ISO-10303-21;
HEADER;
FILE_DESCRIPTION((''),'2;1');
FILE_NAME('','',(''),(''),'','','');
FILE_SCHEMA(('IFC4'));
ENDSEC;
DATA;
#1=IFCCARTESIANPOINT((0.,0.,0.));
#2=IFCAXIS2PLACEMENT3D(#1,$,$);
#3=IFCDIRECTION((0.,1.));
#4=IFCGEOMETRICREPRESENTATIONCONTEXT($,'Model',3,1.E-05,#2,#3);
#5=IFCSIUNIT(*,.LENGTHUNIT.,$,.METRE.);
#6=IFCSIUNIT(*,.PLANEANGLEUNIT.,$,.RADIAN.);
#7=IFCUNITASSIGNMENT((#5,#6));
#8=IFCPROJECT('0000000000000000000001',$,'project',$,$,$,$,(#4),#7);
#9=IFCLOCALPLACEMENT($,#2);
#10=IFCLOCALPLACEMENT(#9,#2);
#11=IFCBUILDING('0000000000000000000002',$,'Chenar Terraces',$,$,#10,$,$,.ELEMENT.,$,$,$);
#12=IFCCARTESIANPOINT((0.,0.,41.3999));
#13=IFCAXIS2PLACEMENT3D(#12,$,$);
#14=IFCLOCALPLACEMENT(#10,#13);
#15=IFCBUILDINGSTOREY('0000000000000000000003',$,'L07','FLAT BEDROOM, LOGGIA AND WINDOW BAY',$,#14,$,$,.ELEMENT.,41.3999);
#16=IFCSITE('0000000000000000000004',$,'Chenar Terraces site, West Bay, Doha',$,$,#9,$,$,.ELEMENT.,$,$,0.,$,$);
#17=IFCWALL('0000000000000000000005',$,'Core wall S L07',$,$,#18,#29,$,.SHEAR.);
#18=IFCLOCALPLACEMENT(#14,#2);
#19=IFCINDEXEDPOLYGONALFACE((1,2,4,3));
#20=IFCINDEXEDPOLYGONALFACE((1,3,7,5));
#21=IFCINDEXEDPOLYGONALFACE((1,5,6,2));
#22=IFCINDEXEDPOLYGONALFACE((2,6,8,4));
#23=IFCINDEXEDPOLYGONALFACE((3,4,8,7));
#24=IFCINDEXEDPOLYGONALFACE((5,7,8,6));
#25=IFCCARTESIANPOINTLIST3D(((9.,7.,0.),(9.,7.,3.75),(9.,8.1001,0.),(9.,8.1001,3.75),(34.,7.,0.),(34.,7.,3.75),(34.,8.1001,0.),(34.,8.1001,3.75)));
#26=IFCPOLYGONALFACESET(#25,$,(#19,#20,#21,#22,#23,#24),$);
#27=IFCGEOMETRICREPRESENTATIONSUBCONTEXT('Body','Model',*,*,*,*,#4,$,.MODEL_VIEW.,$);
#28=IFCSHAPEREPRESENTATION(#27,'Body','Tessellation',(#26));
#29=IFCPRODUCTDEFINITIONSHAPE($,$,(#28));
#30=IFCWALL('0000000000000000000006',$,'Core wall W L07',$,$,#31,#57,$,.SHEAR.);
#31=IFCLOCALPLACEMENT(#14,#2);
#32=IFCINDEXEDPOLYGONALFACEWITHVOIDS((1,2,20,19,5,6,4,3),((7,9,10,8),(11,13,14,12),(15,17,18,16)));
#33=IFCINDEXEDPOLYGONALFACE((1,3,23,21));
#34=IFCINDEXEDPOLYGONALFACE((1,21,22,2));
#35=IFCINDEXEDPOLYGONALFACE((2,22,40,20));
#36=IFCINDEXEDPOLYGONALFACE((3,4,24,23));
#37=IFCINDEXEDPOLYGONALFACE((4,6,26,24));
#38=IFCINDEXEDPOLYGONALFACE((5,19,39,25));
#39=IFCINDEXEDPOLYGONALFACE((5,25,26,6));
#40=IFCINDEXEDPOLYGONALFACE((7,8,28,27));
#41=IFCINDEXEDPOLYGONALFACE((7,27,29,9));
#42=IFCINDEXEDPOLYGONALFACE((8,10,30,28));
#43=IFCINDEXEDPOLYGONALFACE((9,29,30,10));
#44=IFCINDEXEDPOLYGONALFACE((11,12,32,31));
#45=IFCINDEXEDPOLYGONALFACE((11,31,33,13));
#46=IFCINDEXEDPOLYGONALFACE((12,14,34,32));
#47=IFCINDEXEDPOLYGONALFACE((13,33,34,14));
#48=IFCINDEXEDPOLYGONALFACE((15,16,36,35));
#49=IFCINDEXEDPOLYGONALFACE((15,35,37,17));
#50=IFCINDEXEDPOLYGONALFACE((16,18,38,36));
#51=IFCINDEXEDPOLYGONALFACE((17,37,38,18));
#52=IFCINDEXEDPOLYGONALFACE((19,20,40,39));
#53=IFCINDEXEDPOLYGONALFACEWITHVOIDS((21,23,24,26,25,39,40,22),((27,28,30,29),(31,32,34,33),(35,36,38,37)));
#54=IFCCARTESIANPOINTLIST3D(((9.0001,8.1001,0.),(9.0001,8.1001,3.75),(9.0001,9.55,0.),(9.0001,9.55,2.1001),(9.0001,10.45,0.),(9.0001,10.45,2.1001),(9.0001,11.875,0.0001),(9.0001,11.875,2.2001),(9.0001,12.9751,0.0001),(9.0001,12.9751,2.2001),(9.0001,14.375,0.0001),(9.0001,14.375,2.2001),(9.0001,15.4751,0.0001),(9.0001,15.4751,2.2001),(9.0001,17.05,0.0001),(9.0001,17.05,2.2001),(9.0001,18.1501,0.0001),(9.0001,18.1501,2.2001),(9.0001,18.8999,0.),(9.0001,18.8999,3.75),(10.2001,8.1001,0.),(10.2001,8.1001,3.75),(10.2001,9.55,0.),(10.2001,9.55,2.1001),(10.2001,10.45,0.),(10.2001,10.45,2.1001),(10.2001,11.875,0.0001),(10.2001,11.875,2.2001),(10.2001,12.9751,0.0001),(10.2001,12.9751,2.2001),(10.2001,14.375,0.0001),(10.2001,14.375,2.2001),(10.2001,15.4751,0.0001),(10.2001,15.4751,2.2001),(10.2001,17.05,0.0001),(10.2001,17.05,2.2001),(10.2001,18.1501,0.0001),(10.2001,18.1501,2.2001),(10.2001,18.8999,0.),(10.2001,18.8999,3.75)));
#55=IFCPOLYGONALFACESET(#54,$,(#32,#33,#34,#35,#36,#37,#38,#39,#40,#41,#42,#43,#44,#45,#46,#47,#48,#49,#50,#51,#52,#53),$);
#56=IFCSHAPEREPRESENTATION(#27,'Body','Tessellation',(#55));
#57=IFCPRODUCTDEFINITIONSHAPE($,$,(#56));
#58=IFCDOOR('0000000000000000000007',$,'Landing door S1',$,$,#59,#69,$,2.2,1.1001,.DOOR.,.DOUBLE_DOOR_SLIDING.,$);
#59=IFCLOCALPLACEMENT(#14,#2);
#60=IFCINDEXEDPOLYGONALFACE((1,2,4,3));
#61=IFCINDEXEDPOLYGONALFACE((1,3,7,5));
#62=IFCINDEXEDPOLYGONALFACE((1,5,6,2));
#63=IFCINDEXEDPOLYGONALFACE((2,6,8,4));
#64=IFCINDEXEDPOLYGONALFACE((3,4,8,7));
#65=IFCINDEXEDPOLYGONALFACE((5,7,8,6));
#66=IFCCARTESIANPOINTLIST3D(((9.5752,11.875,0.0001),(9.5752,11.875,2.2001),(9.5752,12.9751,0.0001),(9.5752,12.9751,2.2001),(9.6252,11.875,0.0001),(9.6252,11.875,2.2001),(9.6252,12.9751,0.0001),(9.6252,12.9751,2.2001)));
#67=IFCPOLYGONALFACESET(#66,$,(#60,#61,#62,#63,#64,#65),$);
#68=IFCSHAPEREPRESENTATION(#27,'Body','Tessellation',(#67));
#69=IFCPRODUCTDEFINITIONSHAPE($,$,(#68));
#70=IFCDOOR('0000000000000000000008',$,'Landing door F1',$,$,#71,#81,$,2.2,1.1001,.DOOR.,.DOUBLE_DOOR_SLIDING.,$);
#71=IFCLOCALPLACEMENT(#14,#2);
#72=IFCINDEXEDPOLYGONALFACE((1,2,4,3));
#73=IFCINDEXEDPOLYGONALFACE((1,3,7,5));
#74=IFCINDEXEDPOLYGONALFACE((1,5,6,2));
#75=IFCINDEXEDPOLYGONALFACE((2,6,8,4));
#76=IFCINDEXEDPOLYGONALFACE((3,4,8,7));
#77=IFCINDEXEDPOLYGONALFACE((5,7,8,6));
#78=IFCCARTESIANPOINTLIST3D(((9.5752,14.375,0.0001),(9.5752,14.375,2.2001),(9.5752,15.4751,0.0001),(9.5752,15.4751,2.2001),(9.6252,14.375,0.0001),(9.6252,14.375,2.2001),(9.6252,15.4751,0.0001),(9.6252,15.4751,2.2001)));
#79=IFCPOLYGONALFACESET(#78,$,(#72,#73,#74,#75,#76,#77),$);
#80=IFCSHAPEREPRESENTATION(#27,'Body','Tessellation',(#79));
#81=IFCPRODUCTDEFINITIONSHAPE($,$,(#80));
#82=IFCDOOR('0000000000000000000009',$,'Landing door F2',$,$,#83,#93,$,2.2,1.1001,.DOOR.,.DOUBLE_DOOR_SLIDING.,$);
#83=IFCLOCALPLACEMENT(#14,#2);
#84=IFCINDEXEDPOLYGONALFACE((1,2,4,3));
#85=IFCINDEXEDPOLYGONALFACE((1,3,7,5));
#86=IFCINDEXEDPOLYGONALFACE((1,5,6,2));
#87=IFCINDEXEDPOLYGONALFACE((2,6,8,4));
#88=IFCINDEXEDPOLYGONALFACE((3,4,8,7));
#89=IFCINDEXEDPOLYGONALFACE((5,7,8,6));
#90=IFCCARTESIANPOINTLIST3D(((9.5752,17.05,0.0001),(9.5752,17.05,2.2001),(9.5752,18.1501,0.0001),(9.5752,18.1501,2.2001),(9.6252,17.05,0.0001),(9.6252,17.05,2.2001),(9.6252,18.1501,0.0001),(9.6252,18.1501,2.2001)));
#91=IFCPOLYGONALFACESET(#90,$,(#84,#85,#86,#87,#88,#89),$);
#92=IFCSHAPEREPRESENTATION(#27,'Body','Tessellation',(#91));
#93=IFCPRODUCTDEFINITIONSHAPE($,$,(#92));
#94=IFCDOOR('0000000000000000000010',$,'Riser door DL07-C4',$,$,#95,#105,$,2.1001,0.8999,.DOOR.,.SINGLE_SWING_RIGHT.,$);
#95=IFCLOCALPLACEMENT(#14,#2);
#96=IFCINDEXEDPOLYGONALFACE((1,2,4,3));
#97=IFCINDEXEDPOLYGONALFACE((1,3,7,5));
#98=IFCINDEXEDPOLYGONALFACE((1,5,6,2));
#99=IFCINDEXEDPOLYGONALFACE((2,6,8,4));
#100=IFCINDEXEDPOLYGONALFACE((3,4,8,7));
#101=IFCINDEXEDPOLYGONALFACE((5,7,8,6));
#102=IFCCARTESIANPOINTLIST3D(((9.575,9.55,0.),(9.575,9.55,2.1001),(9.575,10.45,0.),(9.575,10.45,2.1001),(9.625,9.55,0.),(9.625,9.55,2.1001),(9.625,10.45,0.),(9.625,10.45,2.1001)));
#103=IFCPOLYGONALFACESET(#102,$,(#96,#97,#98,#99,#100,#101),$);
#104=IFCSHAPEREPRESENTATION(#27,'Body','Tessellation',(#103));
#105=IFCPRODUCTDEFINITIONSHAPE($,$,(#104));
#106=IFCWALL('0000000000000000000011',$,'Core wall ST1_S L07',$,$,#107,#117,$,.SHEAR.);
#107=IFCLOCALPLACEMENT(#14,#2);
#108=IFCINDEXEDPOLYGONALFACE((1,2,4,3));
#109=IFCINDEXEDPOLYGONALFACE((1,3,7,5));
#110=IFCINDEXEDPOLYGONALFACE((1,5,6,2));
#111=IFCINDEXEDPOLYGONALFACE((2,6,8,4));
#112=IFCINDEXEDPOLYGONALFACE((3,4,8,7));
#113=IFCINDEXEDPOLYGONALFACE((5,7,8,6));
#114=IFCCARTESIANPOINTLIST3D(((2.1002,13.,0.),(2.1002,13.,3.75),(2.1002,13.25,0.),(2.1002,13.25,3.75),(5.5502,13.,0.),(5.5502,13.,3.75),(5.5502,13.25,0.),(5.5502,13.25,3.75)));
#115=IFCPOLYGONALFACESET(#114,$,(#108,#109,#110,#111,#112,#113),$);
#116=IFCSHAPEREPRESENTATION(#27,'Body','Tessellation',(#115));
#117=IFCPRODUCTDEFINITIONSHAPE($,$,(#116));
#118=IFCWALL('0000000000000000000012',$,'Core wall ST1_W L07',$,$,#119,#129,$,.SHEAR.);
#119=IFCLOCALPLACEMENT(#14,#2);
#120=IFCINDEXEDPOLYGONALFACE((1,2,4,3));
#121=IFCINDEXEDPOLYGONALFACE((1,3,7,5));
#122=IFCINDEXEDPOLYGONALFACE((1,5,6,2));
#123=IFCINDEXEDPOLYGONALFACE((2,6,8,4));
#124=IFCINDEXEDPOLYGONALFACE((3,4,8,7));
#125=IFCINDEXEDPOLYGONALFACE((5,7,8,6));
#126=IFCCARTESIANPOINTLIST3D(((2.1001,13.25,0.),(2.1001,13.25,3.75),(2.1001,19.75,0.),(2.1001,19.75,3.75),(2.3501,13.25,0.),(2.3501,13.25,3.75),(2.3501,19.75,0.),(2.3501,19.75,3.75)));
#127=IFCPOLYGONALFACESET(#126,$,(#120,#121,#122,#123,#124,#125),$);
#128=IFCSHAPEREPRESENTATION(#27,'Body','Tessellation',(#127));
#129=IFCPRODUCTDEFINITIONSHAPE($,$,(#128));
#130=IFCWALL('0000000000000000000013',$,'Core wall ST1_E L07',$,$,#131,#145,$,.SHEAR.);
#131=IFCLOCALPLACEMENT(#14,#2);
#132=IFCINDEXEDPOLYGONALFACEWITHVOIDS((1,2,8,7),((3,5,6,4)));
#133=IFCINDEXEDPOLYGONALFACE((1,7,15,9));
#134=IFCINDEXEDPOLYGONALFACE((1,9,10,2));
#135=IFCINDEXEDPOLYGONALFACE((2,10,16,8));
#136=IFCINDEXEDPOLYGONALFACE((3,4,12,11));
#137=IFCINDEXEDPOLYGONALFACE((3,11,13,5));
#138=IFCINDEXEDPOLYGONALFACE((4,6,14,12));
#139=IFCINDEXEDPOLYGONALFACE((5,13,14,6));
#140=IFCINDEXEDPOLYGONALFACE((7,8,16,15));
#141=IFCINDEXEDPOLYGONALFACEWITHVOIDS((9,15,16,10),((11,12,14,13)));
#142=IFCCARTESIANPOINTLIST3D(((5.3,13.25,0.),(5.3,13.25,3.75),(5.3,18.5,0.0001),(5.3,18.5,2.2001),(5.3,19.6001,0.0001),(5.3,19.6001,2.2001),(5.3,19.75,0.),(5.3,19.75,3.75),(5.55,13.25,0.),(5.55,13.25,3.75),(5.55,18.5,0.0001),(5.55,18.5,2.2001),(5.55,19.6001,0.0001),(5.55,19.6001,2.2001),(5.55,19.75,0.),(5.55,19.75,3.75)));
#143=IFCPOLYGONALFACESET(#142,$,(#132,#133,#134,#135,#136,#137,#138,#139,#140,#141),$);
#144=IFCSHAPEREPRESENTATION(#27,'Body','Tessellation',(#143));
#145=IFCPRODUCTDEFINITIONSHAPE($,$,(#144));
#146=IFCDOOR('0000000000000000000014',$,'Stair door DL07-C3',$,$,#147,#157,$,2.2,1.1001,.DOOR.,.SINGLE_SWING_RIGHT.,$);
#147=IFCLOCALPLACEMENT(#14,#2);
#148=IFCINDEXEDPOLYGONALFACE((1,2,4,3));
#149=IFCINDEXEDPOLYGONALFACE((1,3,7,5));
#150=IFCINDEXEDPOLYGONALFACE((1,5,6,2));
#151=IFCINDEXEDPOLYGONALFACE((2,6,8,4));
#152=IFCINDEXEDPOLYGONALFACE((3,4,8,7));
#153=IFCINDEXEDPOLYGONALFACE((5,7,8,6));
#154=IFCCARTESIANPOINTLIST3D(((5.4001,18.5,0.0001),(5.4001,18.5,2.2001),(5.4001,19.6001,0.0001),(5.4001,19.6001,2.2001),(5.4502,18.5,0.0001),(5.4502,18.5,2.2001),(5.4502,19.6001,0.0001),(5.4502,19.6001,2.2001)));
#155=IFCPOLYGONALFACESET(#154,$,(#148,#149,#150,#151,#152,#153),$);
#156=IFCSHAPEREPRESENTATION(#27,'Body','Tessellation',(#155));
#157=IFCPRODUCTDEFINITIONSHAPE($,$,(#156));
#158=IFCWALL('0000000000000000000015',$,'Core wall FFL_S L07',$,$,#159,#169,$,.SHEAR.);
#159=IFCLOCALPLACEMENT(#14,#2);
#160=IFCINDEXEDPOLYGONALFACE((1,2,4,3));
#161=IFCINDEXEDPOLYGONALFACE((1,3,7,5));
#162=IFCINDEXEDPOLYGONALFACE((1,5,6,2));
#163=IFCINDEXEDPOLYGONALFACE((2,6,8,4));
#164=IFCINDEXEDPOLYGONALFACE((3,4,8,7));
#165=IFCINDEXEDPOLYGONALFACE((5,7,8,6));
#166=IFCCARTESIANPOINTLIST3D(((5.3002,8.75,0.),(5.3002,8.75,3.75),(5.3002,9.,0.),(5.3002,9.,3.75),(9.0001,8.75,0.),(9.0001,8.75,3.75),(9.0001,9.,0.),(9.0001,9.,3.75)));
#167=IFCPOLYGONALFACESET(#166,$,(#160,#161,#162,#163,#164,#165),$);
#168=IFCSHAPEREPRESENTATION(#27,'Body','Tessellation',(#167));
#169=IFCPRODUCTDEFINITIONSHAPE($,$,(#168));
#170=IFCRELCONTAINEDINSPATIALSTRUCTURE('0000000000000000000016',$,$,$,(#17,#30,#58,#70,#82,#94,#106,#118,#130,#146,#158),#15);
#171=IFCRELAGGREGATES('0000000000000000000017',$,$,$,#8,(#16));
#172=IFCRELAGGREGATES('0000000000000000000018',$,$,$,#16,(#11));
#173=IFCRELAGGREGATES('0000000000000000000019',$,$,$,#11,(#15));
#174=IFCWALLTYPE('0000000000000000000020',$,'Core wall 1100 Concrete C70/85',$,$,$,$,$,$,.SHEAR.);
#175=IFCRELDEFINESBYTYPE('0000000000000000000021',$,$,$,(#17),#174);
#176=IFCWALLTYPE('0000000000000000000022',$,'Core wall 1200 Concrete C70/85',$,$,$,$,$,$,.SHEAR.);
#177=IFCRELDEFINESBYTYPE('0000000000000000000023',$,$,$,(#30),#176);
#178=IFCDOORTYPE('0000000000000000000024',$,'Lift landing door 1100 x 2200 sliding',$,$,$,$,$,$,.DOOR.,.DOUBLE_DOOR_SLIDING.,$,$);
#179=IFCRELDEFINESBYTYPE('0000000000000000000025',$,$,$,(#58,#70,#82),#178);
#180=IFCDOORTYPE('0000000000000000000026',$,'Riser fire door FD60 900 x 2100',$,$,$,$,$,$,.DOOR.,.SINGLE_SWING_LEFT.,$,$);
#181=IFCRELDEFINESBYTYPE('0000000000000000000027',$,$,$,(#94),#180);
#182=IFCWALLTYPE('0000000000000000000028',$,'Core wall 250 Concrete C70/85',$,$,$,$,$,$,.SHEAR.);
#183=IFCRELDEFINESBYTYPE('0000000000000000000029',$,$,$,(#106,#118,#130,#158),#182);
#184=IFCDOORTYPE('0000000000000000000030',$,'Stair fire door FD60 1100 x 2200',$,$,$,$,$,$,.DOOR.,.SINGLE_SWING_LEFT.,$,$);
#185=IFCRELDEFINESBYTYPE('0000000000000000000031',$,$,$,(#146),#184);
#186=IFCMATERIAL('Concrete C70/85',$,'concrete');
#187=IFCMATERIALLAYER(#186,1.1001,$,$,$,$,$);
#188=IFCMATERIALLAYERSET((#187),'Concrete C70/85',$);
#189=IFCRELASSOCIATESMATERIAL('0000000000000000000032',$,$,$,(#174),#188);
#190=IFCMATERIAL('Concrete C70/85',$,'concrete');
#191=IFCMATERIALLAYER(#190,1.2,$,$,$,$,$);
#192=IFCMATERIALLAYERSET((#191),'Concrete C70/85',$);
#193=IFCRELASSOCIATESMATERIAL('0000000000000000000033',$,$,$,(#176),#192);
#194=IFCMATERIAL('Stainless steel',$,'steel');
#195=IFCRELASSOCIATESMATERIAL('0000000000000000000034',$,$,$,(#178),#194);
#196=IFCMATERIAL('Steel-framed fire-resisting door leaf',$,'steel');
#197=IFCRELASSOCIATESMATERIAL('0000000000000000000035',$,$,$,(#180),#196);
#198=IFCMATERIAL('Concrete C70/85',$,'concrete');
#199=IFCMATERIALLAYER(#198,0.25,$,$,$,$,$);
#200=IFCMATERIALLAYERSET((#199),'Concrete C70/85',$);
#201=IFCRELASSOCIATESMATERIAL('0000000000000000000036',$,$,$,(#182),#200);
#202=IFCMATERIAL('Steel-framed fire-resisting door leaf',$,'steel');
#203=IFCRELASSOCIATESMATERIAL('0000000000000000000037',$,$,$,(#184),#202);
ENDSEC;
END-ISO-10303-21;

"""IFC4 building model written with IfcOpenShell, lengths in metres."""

from ifc_helpers import new_model, si_unit, direction, frame, frame_2d, origin, place, context, subcontext, project, spatial, rectangle, extrude, material, layer, layer_set, type_object, element, fill, save


model = new_model("IFC4")

# Units and contexts
model_context = context("Model", 3, precision=1e-05, world=origin(), true_north=direction((0.0, 1.0)))
body_context = subcontext(model_context, "Body", "Model", "MODEL_VIEW")
ifc_project = project(units=[si_unit("LENGTHUNIT", "METRE"), si_unit("PLANEANGLEUNIT", "RADIAN")], contexts=[model_context])

# Site, building, storey
site_placement = place(None, origin())
site = spatial("IfcSite", under=ifc_project, at=site_placement, Name="Chenar Terraces site, West Bay, Doha", CompositionType="ELEMENT", RefElevation=0.0)
building_placement = place(site_placement, origin())
building = spatial("IfcBuilding", under=site, at=building_placement, Name="Chenar Terraces", CompositionType="ELEMENT")
storey_placement = place(building_placement, frame((0.0, 0.0, 41.3999)))
storey = spatial("IfcBuildingStorey", under=building, at=storey_placement, Name="L07", Description="FLAT BEDROOM, LOGGIA AND WINDOW BAY", CompositionType="ELEMENT", Elevation=41.3999)

# Wall
ifc_material_1 = material(Name="Concrete C70/85", Category="concrete")
ifc_layer_1 = layer(ifc_material_1, 1.1001)
ifc_layer_set_1 = layer_set([ifc_layer_1], Name="Concrete C70/85")
wall_type_1 = type_object("IfcWallType", Name="Core wall 1100 Concrete C70/85", PredefinedType="SHEAR", material=ifc_layer_set_1)
wall_1_placement = place(storey_placement, frame((9.0, 7.55, 0.0), z_axis=(0.0, 0.0, 1.0), x_axis=(1.0, 0.0, 0.0)))
element("IfcWall", 1, at=wall_1_placement, inside=storey, type_object=wall_type_1, Name="Core wall S L07", PredefinedType="SHEAR", context=body_context, shape_type="SweptSolid", body=[
    extrude(rectangle(XDim=25.0, YDim=1.1001, at=frame_2d((12.5, 0.0))), origin(), (0.0, 0.0, 1.0), 3.75),
])

# Wall, openings, doors
ifc_material_2 = material(Name="Concrete C70/85", Category="concrete")
ifc_layer_2 = layer(ifc_material_2, 1.2)
ifc_layer_set_2 = layer_set([ifc_layer_2], Name="Concrete C70/85")
wall_type_2 = type_object("IfcWallType", Name="Core wall 1200 Concrete C70/85", PredefinedType="SHEAR", material=ifc_layer_set_2)
wall_2_placement = place(storey_placement, frame((9.6001, 8.1001, 0.0), z_axis=(0.0, 0.0, 1.0), x_axis=(0.0, 1.0, 0.0)))
wall_2 = element("IfcWall", 2, at=wall_2_placement, inside=storey, type_object=wall_type_2, Name="Core wall W L07", PredefinedType="SHEAR", context=body_context, shape_type="SweptSolid", body=[
    extrude(rectangle(XDim=10.7998, YDim=1.2, at=frame_2d((5.3999, 0.0))), origin(), (0.0, 0.0, 1.0), 3.75),
])
opening_1_placement = place(wall_2_placement, frame((3.7749, 0.0, 0.0)))
opening_1 = element("IfcOpeningElement", 3, at=opening_1_placement, cuts=wall_2, PredefinedType="OPENING", context=body_context, shape_type="SweptSolid", body=[
    extrude(rectangle(XDim=1.1001, YDim=2.2, at=frame_2d((0.55, 1.1001))), frame((0.0, 0.6099, 0.0), z_axis=(0.0, -1.0, 0.0), x_axis=(1.0, 0.0, 0.0)), (0.0, 0.0, 1.0), 1.22),
])
opening_2_placement = place(wall_2_placement, frame((6.2749, 0.0, 0.0)))
opening_2 = element("IfcOpeningElement", 4, at=opening_2_placement, cuts=wall_2, PredefinedType="OPENING", context=body_context, shape_type="SweptSolid", body=[
    extrude(rectangle(XDim=1.1001, YDim=2.2, at=frame_2d((0.55, 1.1001))), frame((0.0, 0.6099, 0.0), z_axis=(0.0, -1.0, 0.0), x_axis=(1.0, 0.0, 0.0)), (0.0, 0.0, 1.0), 1.22),
])
opening_3_placement = place(wall_2_placement, frame((8.95, 0.0, 0.0)))
opening_3 = element("IfcOpeningElement", 5, at=opening_3_placement, cuts=wall_2, PredefinedType="OPENING", context=body_context, shape_type="SweptSolid", body=[
    extrude(rectangle(XDim=1.1001, YDim=2.2, at=frame_2d((0.55, 1.1001))), frame((0.0, 0.6099, 0.0), z_axis=(0.0, -1.0, 0.0), x_axis=(1.0, 0.0, 0.0)), (0.0, 0.0, 1.0), 1.22),
])
opening_4_placement = place(wall_2_placement, frame((1.45, 0.0, 0.0)))
opening_4 = element("IfcOpeningElement", 6, at=opening_4_placement, cuts=wall_2, PredefinedType="OPENING", context=body_context, shape_type="SweptSolid", body=[
    extrude(rectangle(XDim=0.8999, YDim=2.1001, at=frame_2d((0.45, 1.05))), frame((0.0, 0.6099, 0.0), z_axis=(0.0, -1.0, 0.0), x_axis=(1.0, 0.0, 0.0)), (0.0, 0.0, 1.0), 1.22),
])
ifc_material_3 = material(Name="Stainless steel", Category="steel")
door_type_1 = type_object("IfcDoorType", Name="Lift landing door 1100 x 2200 sliding", OperationType="DOUBLE_DOOR_SLIDING", PredefinedType="DOOR", material=ifc_material_3)
door_1_placement = place(opening_1_placement, origin())
door_1 = element("IfcDoor", 7, at=door_1_placement, inside=storey, type_object=door_type_1, Name="Landing door S1", OperationType="DOUBLE_DOOR_SLIDING", OverallHeight=2.2, OverallWidth=1.1001, PredefinedType="DOOR", context=body_context, shape_type="SweptSolid", body=[
    extrude(rectangle(XDim=1.1001, YDim=2.2, at=frame_2d((0.55, 1.1001))), frame((0.0, 0.0249, 0.0), z_axis=(0.0, -1.0, 0.0), x_axis=(1.0, 0.0, 0.0)), (0.0, 0.0, 1.0), 0.05),
])
fill(opening_1, door_1)
door_2_placement = place(opening_2_placement, origin())
door_2 = element("IfcDoor", 8, at=door_2_placement, inside=storey, type_object=door_type_1, Name="Landing door F1", OperationType="DOUBLE_DOOR_SLIDING", OverallHeight=2.2, OverallWidth=1.1001, PredefinedType="DOOR", context=body_context, shape_type="SweptSolid", body=[
    extrude(rectangle(XDim=1.1001, YDim=2.2, at=frame_2d((0.55, 1.1001))), frame((0.0, 0.0249, 0.0), z_axis=(0.0, -1.0, 0.0), x_axis=(1.0, 0.0, 0.0)), (0.0, 0.0, 1.0), 0.05),
])
fill(opening_2, door_2)
door_3_placement = place(opening_3_placement, origin())
door_3 = element("IfcDoor", 9, at=door_3_placement, inside=storey, type_object=door_type_1, Name="Landing door F2", OperationType="DOUBLE_DOOR_SLIDING", OverallHeight=2.2, OverallWidth=1.1001, PredefinedType="DOOR", context=body_context, shape_type="SweptSolid", body=[
    extrude(rectangle(XDim=1.1001, YDim=2.2, at=frame_2d((0.55, 1.1001))), frame((0.0, 0.0249, 0.0), z_axis=(0.0, -1.0, 0.0), x_axis=(1.0, 0.0, 0.0)), (0.0, 0.0, 1.0), 0.05),
])
fill(opening_3, door_3)
ifc_material_4 = material(Name="Steel-framed fire-resisting door leaf", Category="steel")
door_type_2 = type_object("IfcDoorType", Name="Riser fire door FD60 900 x 2100", OperationType="SINGLE_SWING_LEFT", PredefinedType="DOOR", material=ifc_material_4)
door_4_placement = place(opening_4_placement, frame((0.8999, 0.0, 0.0), z_axis=(0.0, 0.0, 1.0), x_axis=(-1.0, 0.0, 0.0)))
door_4 = element("IfcDoor", 10, at=door_4_placement, inside=storey, type_object=door_type_2, Name="Riser door DL07-C4", OperationType="SINGLE_SWING_RIGHT", OverallHeight=2.1001, OverallWidth=0.8999, PredefinedType="DOOR", context=body_context, shape_type="SweptSolid", body=[
    extrude(rectangle(XDim=0.8999, YDim=2.1001, at=frame_2d((0.45, 1.05))), frame((0.0, 0.0249, 0.0), z_axis=(0.0, -1.0, 0.0), x_axis=(1.0, 0.0, 0.0)), (0.0, 0.0, 1.0), 0.05),
])
fill(opening_4, door_4)

# Walls
ifc_material_5 = material(Name="Concrete C70/85", Category="concrete")
ifc_layer_3 = layer(ifc_material_5, 0.25)
ifc_layer_set_3 = layer_set([ifc_layer_3], Name="Concrete C70/85")
wall_type_3 = type_object("IfcWallType", Name="Core wall 250 Concrete C70/85", PredefinedType="SHEAR", material=ifc_layer_set_3)
wall_3_placement = place(storey_placement, frame((2.1001, 13.125, 0.0), z_axis=(0.0, 0.0, 1.0), x_axis=(1.0, 0.0, 0.0)))
element("IfcWall", 11, at=wall_3_placement, inside=storey, type_object=wall_type_3, Name="Core wall ST1_S L07", PredefinedType="SHEAR", context=body_context, shape_type="SweptSolid", body=[
    extrude(rectangle(XDim=3.45, YDim=0.25, at=frame_2d((1.7251, 0.0))), origin(), (0.0, 0.0, 1.0), 3.75),
])
wall_4_placement = place(storey_placement, frame((2.2251, 13.25, 0.0), z_axis=(0.0, 0.0, 1.0), x_axis=(0.0, 1.0, 0.0)))
element("IfcWall", 12, at=wall_4_placement, inside=storey, type_object=wall_type_3, Name="Core wall ST1_W L07", PredefinedType="SHEAR", context=body_context, shape_type="SweptSolid", body=[
    extrude(rectangle(XDim=6.5, YDim=0.25, at=frame_2d((3.25, 0.0))), origin(), (0.0, 0.0, 1.0), 3.75),
])

# Wall, opening, door
wall_5_placement = place(storey_placement, frame((5.425, 13.25, 0.0), z_axis=(0.0, 0.0, 1.0), x_axis=(0.0, 1.0, 0.0)))
wall_5 = element("IfcWall", 13, at=wall_5_placement, inside=storey, type_object=wall_type_3, Name="Core wall ST1_E L07", PredefinedType="SHEAR", context=body_context, shape_type="SweptSolid", body=[
    extrude(rectangle(XDim=6.5, YDim=0.25, at=frame_2d((3.25, 0.0))), origin(), (0.0, 0.0, 1.0), 3.75),
])
opening_5_placement = place(wall_5_placement, frame((5.25, 0.0, 0.0)))
opening_5 = element("IfcOpeningElement", 14, at=opening_5_placement, cuts=wall_5, PredefinedType="OPENING", context=body_context, shape_type="SweptSolid", body=[
    extrude(rectangle(XDim=1.1001, YDim=2.2, at=frame_2d((0.55, 1.1001))), frame((0.0, 0.135, 0.0), z_axis=(0.0, -1.0, 0.0), x_axis=(1.0, 0.0, 0.0)), (0.0, 0.0, 1.0), 0.27),
])
ifc_material_6 = material(Name="Steel-framed fire-resisting door leaf", Category="steel")
door_type_3 = type_object("IfcDoorType", Name="Stair fire door FD60 1100 x 2200", OperationType="SINGLE_SWING_LEFT", PredefinedType="DOOR", material=ifc_material_6)
door_5_placement = place(opening_5_placement, origin())
door_5 = element("IfcDoor", 15, at=door_5_placement, inside=storey, type_object=door_type_3, Name="Stair door DL07-C3", OperationType="SINGLE_SWING_RIGHT", OverallHeight=2.2, OverallWidth=1.1001, PredefinedType="DOOR", context=body_context, shape_type="SweptSolid", body=[
    extrude(rectangle(XDim=1.1001, YDim=2.2, at=frame_2d((0.55, 1.1001))), frame((0.0, 0.0249, 0.0), z_axis=(0.0, -1.0, 0.0), x_axis=(1.0, 0.0, 0.0)), (0.0, 0.0, 1.0), 0.05),
])
fill(opening_5, door_5)

# Wall
wall_6_placement = place(storey_placement, frame((5.3, 8.875, 0.0), z_axis=(0.0, 0.0, 1.0), x_axis=(1.0, 0.0, 0.0)))
element("IfcWall", 16, at=wall_6_placement, inside=storey, type_object=wall_type_3, Name="Core wall FFL_S L07", PredefinedType="SHEAR", context=body_context, shape_type="SweptSolid", body=[
    extrude(rectangle(XDim=3.7, YDim=0.25, at=frame_2d((1.8501, 0.0))), origin(), (0.0, 0.0, 1.0), 3.75),
])

save(model, "model.ifc")
